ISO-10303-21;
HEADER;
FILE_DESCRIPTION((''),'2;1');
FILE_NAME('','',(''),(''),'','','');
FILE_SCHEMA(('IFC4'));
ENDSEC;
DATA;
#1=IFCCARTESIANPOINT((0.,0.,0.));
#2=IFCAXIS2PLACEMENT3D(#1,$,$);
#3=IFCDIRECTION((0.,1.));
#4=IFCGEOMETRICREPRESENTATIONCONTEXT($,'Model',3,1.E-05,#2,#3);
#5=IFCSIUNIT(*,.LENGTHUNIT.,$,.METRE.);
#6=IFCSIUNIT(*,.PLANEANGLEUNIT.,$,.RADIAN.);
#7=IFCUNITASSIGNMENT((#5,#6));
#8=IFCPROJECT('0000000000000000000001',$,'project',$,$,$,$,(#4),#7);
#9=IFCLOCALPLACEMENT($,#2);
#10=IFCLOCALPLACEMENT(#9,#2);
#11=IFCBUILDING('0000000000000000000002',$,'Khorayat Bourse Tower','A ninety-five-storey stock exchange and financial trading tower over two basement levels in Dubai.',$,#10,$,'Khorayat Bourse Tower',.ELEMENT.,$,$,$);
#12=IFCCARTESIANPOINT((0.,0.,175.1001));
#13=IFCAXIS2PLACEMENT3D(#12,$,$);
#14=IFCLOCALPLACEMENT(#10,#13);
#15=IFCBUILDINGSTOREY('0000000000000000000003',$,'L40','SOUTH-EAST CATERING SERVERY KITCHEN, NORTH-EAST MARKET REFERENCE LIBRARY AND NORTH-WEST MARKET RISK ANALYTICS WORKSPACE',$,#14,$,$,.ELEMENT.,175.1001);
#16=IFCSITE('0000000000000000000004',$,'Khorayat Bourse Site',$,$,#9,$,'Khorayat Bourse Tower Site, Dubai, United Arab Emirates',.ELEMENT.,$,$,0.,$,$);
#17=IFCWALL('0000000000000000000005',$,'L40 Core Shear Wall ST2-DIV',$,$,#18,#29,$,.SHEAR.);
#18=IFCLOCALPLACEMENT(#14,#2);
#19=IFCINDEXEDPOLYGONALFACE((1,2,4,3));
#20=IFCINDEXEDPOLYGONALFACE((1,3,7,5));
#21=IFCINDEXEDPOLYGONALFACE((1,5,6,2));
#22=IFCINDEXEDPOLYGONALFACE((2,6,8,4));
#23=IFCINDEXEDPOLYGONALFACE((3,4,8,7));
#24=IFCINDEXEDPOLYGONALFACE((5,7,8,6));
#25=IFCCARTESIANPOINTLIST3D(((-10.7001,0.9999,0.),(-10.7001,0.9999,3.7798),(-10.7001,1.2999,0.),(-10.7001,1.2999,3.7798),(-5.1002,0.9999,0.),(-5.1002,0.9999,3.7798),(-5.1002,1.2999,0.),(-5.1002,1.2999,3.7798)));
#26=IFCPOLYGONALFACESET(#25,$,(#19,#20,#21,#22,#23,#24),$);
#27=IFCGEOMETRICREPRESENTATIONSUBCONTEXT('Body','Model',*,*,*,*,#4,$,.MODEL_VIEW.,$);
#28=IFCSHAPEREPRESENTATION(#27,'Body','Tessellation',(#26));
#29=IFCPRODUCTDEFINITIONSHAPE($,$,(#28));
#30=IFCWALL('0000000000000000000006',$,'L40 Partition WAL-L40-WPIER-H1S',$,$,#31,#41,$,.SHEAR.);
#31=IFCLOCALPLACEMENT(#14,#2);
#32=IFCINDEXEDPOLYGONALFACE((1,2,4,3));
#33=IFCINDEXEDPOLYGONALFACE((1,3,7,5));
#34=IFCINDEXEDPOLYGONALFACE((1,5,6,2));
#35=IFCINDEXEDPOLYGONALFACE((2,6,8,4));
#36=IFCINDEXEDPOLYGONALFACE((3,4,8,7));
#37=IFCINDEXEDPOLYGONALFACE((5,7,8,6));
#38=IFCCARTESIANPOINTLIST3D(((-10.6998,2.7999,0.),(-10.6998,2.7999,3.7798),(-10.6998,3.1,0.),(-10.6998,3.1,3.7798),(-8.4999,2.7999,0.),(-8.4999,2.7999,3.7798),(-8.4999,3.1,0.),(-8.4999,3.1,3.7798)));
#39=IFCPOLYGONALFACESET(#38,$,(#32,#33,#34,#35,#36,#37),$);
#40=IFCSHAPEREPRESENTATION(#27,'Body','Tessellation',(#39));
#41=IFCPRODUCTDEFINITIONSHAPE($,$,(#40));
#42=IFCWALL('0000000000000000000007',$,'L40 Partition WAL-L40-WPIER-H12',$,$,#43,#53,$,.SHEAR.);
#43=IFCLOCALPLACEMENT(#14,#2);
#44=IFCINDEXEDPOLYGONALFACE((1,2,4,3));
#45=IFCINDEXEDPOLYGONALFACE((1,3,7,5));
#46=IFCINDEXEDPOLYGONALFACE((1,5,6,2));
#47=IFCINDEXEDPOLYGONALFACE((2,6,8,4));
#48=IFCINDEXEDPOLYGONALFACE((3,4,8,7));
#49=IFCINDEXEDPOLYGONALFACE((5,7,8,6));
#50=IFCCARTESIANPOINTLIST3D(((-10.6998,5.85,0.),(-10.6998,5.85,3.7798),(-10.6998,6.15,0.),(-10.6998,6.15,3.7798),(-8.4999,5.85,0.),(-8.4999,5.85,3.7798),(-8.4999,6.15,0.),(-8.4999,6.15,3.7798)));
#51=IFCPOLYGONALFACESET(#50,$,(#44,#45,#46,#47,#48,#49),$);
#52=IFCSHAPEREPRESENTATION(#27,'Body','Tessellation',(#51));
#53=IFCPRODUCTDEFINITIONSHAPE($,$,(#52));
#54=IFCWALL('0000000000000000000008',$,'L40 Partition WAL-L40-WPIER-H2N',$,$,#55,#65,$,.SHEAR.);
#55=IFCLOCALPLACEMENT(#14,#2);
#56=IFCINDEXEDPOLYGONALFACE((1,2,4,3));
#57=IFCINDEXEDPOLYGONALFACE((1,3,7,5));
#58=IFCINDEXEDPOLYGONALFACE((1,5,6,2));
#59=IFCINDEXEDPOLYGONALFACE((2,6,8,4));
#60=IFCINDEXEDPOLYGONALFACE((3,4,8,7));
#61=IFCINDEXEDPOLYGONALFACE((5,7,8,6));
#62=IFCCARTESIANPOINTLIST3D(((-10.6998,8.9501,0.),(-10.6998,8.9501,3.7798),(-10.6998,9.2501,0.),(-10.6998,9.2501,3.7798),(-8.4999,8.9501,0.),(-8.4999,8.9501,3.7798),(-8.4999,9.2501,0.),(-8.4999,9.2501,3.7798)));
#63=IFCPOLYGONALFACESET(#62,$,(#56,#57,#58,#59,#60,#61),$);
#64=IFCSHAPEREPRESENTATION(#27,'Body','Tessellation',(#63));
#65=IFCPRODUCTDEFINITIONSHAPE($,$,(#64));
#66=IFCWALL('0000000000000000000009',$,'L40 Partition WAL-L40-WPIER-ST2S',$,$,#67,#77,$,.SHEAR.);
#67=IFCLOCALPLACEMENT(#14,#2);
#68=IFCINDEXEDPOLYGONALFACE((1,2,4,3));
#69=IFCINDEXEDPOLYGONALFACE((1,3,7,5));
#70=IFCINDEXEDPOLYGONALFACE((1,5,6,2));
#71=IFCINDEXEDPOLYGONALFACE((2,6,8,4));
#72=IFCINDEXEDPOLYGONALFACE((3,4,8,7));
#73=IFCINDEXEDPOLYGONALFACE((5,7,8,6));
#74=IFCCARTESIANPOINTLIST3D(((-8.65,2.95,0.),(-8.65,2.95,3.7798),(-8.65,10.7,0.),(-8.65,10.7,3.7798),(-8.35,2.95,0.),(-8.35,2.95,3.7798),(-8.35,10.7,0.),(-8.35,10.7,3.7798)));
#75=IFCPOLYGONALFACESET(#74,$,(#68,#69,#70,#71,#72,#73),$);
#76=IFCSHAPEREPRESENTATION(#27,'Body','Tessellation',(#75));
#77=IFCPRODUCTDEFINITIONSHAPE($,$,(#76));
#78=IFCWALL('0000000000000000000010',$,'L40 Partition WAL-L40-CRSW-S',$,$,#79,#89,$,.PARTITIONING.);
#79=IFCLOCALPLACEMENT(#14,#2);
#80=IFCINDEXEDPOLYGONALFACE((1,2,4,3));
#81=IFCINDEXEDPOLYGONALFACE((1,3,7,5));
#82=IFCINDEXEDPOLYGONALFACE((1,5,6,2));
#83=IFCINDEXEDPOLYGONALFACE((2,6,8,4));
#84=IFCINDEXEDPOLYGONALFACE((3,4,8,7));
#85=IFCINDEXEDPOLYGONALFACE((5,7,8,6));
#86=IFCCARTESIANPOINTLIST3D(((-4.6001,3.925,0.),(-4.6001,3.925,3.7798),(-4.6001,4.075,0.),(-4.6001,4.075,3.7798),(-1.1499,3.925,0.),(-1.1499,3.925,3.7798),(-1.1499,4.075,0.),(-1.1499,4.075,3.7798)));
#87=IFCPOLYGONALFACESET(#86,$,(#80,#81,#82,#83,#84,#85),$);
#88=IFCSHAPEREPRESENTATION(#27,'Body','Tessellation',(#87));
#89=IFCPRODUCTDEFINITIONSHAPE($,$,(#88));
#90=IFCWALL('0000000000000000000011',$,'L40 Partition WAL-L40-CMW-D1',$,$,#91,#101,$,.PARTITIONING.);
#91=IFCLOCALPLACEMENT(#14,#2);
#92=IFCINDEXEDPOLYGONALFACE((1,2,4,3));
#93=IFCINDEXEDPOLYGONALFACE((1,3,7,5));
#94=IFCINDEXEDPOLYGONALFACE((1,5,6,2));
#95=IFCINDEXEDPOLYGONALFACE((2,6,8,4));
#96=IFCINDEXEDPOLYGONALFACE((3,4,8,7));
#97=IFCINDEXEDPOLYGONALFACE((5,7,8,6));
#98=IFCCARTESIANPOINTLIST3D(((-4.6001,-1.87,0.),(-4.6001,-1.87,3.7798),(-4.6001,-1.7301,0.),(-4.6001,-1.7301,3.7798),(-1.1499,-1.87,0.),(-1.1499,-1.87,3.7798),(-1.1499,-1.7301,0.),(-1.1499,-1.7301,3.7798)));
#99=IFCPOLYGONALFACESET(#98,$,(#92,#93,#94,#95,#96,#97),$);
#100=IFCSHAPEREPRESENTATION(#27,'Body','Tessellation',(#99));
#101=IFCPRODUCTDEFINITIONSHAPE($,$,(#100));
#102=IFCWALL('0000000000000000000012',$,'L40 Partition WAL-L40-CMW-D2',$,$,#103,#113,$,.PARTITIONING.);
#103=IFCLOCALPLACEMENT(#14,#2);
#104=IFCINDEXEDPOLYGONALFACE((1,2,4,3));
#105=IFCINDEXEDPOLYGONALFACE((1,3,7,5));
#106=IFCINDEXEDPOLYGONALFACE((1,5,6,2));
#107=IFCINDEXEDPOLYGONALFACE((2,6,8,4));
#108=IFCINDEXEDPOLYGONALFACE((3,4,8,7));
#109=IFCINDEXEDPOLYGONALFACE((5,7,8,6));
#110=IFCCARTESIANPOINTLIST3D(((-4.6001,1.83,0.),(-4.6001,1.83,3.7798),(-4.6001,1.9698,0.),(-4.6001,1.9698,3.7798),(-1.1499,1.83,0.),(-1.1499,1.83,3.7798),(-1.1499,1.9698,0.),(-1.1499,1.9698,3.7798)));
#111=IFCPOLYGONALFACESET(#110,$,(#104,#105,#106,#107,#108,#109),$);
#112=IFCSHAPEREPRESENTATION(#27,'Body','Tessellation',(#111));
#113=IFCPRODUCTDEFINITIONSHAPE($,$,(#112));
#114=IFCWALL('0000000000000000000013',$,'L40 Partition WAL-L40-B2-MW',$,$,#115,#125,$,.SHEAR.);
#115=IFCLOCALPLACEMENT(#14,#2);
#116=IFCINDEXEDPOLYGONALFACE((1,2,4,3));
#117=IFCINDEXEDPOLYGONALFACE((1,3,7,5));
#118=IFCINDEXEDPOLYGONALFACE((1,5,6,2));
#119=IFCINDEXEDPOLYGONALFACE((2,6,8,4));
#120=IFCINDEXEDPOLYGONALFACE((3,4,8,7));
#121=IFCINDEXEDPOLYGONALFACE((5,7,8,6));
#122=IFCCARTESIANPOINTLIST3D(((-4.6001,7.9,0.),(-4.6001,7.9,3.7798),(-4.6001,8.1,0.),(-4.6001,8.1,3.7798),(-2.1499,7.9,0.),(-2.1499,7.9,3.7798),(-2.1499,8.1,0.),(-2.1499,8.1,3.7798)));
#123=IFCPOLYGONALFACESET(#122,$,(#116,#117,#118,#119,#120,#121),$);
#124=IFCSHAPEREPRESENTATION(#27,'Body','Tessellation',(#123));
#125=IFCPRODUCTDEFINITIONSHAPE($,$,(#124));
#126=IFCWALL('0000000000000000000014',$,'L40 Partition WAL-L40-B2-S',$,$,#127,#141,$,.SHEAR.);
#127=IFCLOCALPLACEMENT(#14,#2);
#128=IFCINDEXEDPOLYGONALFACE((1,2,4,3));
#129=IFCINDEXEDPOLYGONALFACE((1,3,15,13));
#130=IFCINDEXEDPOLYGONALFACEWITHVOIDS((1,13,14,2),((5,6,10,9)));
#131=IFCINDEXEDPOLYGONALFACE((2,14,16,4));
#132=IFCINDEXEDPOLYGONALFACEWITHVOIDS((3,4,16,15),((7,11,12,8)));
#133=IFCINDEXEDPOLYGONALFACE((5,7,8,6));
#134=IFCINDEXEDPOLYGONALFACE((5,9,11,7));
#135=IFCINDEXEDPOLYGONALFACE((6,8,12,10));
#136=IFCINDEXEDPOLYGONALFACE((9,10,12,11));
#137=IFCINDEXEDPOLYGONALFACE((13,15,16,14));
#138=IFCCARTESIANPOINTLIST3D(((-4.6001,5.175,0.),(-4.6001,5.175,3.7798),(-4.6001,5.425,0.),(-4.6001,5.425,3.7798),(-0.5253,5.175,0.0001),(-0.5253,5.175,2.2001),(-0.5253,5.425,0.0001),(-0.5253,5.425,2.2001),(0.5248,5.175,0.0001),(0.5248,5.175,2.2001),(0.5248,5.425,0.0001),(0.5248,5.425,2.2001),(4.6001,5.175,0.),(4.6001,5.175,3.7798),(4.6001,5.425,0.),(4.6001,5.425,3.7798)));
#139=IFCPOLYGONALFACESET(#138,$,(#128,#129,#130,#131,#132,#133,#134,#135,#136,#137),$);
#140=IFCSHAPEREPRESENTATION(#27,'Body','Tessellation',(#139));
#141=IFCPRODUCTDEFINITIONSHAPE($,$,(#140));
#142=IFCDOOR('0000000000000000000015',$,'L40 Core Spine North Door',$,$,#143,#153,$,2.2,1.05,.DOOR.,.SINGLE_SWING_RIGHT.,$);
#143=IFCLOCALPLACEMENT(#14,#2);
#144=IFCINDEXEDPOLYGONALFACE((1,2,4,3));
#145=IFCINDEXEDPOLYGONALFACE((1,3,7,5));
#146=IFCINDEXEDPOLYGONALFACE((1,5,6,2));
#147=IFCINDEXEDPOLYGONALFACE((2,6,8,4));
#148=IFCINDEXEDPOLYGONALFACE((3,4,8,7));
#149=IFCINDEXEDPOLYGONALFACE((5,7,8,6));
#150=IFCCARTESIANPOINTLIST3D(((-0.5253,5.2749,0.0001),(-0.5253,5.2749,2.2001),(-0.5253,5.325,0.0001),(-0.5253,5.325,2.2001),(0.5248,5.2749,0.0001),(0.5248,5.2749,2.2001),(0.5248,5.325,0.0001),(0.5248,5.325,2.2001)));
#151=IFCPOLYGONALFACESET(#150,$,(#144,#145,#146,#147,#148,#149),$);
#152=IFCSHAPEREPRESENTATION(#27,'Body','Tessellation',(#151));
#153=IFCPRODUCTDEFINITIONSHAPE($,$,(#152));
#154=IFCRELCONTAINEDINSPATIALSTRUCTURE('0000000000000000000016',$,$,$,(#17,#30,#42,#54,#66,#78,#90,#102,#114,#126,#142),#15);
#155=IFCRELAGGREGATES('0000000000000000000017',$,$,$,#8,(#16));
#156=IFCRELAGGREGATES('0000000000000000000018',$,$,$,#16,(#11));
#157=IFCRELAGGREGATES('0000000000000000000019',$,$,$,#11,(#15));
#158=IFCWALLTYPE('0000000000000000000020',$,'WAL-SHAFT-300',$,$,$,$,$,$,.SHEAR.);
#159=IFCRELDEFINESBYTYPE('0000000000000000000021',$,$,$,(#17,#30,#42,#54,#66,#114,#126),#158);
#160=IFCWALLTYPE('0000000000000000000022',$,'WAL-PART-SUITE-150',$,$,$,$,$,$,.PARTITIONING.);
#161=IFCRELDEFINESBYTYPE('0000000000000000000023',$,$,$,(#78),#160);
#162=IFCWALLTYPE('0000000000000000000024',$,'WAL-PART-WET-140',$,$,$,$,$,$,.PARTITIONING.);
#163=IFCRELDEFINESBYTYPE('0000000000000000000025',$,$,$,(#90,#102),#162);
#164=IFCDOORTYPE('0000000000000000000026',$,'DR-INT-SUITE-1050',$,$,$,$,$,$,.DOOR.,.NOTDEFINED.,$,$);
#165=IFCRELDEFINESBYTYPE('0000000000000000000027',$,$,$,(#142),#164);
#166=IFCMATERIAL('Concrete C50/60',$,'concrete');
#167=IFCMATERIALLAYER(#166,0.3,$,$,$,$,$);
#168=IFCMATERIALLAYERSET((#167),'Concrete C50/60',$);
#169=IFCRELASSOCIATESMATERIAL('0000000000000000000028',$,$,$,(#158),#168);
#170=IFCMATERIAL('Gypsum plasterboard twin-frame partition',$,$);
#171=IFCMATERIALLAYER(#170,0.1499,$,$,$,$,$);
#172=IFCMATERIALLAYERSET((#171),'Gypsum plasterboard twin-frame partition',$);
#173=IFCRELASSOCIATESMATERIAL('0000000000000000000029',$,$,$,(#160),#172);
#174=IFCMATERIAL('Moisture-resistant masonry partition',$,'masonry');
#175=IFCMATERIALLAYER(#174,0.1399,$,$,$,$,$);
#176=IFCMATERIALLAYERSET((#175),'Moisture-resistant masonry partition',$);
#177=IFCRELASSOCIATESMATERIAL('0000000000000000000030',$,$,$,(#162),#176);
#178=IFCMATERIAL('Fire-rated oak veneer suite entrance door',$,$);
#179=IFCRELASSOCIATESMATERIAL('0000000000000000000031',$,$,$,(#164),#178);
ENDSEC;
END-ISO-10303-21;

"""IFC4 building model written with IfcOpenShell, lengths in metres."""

from ifc_helpers import new_model, si_unit, direction, frame, frame_2d, origin, place, context, subcontext, project, spatial, rectangle, extrude, source, transform, mapped, material, layer, layer_set, type_object, element, fill, save


model = new_model("IFC4")

# Units and contexts
model_context = context("Model", 3, precision=1e-05, world=origin(), true_north=direction((0.0, 1.0)))
body_context = subcontext(model_context, "Body", "Model", "MODEL_VIEW")
ifc_project = project(units=[si_unit("LENGTHUNIT", "METRE"), si_unit("PLANEANGLEUNIT", "RADIAN")], contexts=[model_context])

# Site, building, storey
site_placement = place(None, origin())
site = spatial("IfcSite", under=ifc_project, at=site_placement, Name="Khorayat Bourse Site", LongName="Khorayat Bourse Tower Site, Dubai, United Arab Emirates", CompositionType="ELEMENT", RefElevation=0.0)
building_placement = place(site_placement, origin())
building = spatial("IfcBuilding", under=site, at=building_placement, Name="Khorayat Bourse Tower", Description="A ninety-five-storey stock exchange and financial trading tower over two basement levels in Dubai.", LongName="Khorayat Bourse Tower", CompositionType="ELEMENT")
storey_placement = place(building_placement, frame((0.0, 0.0, 175.1001)))
storey = spatial("IfcBuildingStorey", under=building, at=storey_placement, Name="L40", Description="SOUTH-EAST CATERING SERVERY KITCHEN, NORTH-EAST MARKET REFERENCE LIBRARY AND NORTH-WEST MARKET RISK ANALYTICS WORKSPACE", CompositionType="ELEMENT", Elevation=175.1001)

# Walls
ifc_material_1 = material(Name="Concrete C50/60", Category="concrete")
ifc_layer_1 = layer(ifc_material_1, 0.3)
ifc_layer_set_1 = layer_set([ifc_layer_1], Name="Concrete C50/60")
wall_type_1 = type_object("IfcWallType", Name="WAL-SHAFT-300", PredefinedType="SHEAR", material=ifc_layer_set_1)
shared_shape_1 = source(origin(), body_context, "Body", "SweptSolid", [
    extrude(rectangle(XDim=5.5999, YDim=0.3, at=frame_2d((2.7998, 0.0))), origin(), (0.0, 0.0, 1.0), 3.7798),
])
for number, where, z_axis, x_axis, name in (
    (1, (-10.7, 1.1499, 0.0), (0.0, 0.0, 1.0), (1.0, 0.0, 0.0), "L40 Core Shear Wall ST2-DIV"),
):
    element("IfcWall", number, at=place(storey_placement, frame(where, z_axis=z_axis, x_axis=x_axis)), inside=storey, type_object=wall_type_1, Name=name, PredefinedType="SHEAR", context=body_context, shape_type="MappedRepresentation", body=[
        mapped(shared_shape_1, transform((0.0, 0.0, 0.0), scale=1.0)),
    ])
shared_shape_2 = source(origin(), body_context, "Body", "SweptSolid", [
    extrude(rectangle(XDim=2.2, YDim=0.3, at=frame_2d((1.1001, 0.0))), origin(), (0.0, 0.0, 1.0), 3.7798),
])
for number, where, z_axis, x_axis, name in (
    (2, (-10.7, 2.95, 0.0), (0.0, 0.0, 1.0), (1.0, 0.0, 0.0), "L40 Partition WAL-L40-WPIER-H1S"),
    (3, (-10.7, 6.0, 0.0), (0.0, 0.0, 1.0), (1.0, 0.0, 0.0), "L40 Partition WAL-L40-WPIER-H12"),
    (4, (-10.7, 9.1001, 0.0), (0.0, 0.0, 1.0), (1.0, 0.0, 0.0), "L40 Partition WAL-L40-WPIER-H2N"),
):
    element("IfcWall", number, at=place(storey_placement, frame(where, z_axis=z_axis, x_axis=x_axis)), inside=storey, type_object=wall_type_1, Name=name, PredefinedType="SHEAR", context=body_context, shape_type="MappedRepresentation", body=[
        mapped(shared_shape_2, transform((0.0, 0.0, 0.0), scale=1.0)),
    ])
shared_shape_3 = source(origin(), body_context, "Body", "SweptSolid", [
    extrude(rectangle(XDim=7.75, YDim=0.3, at=frame_2d((3.875, 0.0))), origin(), (0.0, 0.0, 1.0), 3.7798),
])
wall_1_placement = place(storey_placement, frame((-8.5, 2.95, 0.0), z_axis=(0.0, 0.0, 1.0), x_axis=(0.0, 1.0, 0.0)))
element("IfcWall", 5, at=wall_1_placement, inside=storey, type_object=wall_type_1, Name="L40 Partition WAL-L40-WPIER-ST2S", PredefinedType="SHEAR", context=body_context, shape_type="MappedRepresentation", body=[
    mapped(shared_shape_3, transform((0.0, 0.0, 0.0), scale=1.0)),
])
ifc_material_2 = material(Name="Gypsum plasterboard twin-frame partition")
ifc_layer_2 = layer(ifc_material_2, 0.1499)
ifc_layer_set_2 = layer_set([ifc_layer_2], Name="Gypsum plasterboard twin-frame partition")
wall_type_2 = type_object("IfcWallType", Name="WAL-PART-SUITE-150", PredefinedType="PARTITIONING", material=ifc_layer_set_2)
shared_shape_4 = source(origin(), body_context, "Body", "SweptSolid", [
    extrude(rectangle(XDim=3.4502, YDim=0.1499, at=frame_2d((1.7251, 0.0))), origin(), (0.0, 0.0, 1.0), 3.7798),
])
wall_2_placement = place(storey_placement, frame((-4.6001, 4.0, 0.0), z_axis=(0.0, 0.0, 1.0), x_axis=(1.0, 0.0, 0.0)))
element("IfcWall", 6, at=wall_2_placement, inside=storey, type_object=wall_type_2, Name="L40 Partition WAL-L40-CRSW-S", PredefinedType="PARTITIONING", context=body_context, shape_type="MappedRepresentation", body=[
    mapped(shared_shape_4, transform((0.0, 0.0, 0.0), scale=1.0)),
])
ifc_material_3 = material(Name="Moisture-resistant masonry partition", Category="masonry")
ifc_layer_3 = layer(ifc_material_3, 0.1399)
ifc_layer_set_3 = layer_set([ifc_layer_3], Name="Moisture-resistant masonry partition")
wall_type_3 = type_object("IfcWallType", Name="WAL-PART-WET-140", PredefinedType="PARTITIONING", material=ifc_layer_set_3)
shared_shape_5 = source(origin(), body_context, "Body", "SweptSolid", [
    extrude(rectangle(XDim=3.4502, YDim=0.1399, at=frame_2d((1.7251, 0.0))), origin(), (0.0, 0.0, 1.0), 3.7798),
])
for number, where, z_axis, x_axis, name in (
    (7, (-4.6001, -1.8, 0.0), (0.0, 0.0, 1.0), (1.0, 0.0, 0.0), "L40 Partition WAL-L40-CMW-D1"),
    (8, (-4.6001, 1.8999, 0.0), (0.0, 0.0, 1.0), (1.0, 0.0, 0.0), "L40 Partition WAL-L40-CMW-D2"),
):
    element("IfcWall", number, at=place(storey_placement, frame(where, z_axis=z_axis, x_axis=x_axis)), inside=storey, type_object=wall_type_3, Name=name, PredefinedType="PARTITIONING", context=body_context, shape_type="MappedRepresentation", body=[
        mapped(shared_shape_5, transform((0.0, 0.0, 0.0), scale=1.0)),
    ])
shared_shape_6 = source(origin(), body_context, "Body", "SweptSolid", [
    extrude(rectangle(XDim=2.4502, YDim=0.2, at=frame_2d((1.2251, 0.0))), origin(), (0.0, 0.0, 1.0), 3.7798),
])
wall_3_placement = place(storey_placement, frame((-4.6001, 8.0, 0.0), z_axis=(0.0, 0.0, 1.0), x_axis=(1.0, 0.0, 0.0)))
element("IfcWall", 9, at=wall_3_placement, inside=storey, type_object=wall_type_1, Name="L40 Partition WAL-L40-B2-MW", PredefinedType="SHEAR", context=body_context, shape_type="MappedRepresentation", body=[
    mapped(shared_shape_6, transform((0.0, 0.0, 0.0), scale=1.0)),
])

# Wall, opening, door
shared_shape_7 = source(origin(), body_context, "Body", "SweptSolid", [
    extrude(rectangle(XDim=9.2002, YDim=0.25, at=frame_2d((4.6001, 0.0))), origin(), (0.0, 0.0, 1.0), 3.7798),
])
wall_4_placement = place(storey_placement, frame((-4.6001, 5.3, 0.0), z_axis=(0.0, 0.0, 1.0), x_axis=(1.0, 0.0, 0.0)))
wall_4 = element("IfcWall", 10, at=wall_4_placement, inside=storey, type_object=wall_type_1, Name="L40 Partition WAL-L40-B2-S", PredefinedType="SHEAR", context=body_context, shape_type="MappedRepresentation", body=[
    mapped(shared_shape_7, transform((0.0, 0.0, 0.0), scale=1.0)),
])
shared_shape_8 = source(origin(), body_context, "Body", "SweptSolid", [
    extrude(rectangle(XDim=1.05, YDim=2.2, at=frame_2d((0.5249, 1.1001))), frame((0.0, 0.135, 0.0), z_axis=(0.0, -1.0, 0.0), x_axis=(1.0, 0.0, 0.0)), (0.0, 0.0, 1.0), 0.27),
])
opening_placement = place(wall_4_placement, frame((4.075, 0.0, 0.0)))
opening = element("IfcOpeningElement", 11, at=opening_placement, cuts=wall_4, PredefinedType="OPENING", context=body_context, shape_type="MappedRepresentation", body=[
    mapped(shared_shape_8, transform((0.0, 0.0, 0.0), scale=1.0)),
])
ifc_material_4 = material(Name="Fire-rated oak veneer suite entrance door")
door_type = type_object("IfcDoorType", Name="DR-INT-SUITE-1050", OperationType="NOTDEFINED", PredefinedType="DOOR", material=ifc_material_4)
shared_shape_9 = source(origin(), body_context, "Body", "SweptSolid", [
    extrude(rectangle(XDim=1.05, YDim=2.2, at=frame_2d((0.5249, 1.1001))), frame((0.0, 0.0249, 0.0), z_axis=(0.0, -1.0, 0.0), x_axis=(1.0, 0.0, 0.0)), (0.0, 0.0, 1.0), 0.05),
])
door_placement = place(opening_placement, origin())
door = element("IfcDoor", 12, at=door_placement, inside=storey, type_object=door_type, Name="L40 Core Spine North Door", OperationType="SINGLE_SWING_RIGHT", OverallHeight=2.2, OverallWidth=1.05, PredefinedType="DOOR", context=body_context, shape_type="MappedRepresentation", body=[
    mapped(shared_shape_9, transform((0.0, 0.0, 0.0), scale=1.0)),
])
fill(opening, door)

save(model, "model.ifc")
